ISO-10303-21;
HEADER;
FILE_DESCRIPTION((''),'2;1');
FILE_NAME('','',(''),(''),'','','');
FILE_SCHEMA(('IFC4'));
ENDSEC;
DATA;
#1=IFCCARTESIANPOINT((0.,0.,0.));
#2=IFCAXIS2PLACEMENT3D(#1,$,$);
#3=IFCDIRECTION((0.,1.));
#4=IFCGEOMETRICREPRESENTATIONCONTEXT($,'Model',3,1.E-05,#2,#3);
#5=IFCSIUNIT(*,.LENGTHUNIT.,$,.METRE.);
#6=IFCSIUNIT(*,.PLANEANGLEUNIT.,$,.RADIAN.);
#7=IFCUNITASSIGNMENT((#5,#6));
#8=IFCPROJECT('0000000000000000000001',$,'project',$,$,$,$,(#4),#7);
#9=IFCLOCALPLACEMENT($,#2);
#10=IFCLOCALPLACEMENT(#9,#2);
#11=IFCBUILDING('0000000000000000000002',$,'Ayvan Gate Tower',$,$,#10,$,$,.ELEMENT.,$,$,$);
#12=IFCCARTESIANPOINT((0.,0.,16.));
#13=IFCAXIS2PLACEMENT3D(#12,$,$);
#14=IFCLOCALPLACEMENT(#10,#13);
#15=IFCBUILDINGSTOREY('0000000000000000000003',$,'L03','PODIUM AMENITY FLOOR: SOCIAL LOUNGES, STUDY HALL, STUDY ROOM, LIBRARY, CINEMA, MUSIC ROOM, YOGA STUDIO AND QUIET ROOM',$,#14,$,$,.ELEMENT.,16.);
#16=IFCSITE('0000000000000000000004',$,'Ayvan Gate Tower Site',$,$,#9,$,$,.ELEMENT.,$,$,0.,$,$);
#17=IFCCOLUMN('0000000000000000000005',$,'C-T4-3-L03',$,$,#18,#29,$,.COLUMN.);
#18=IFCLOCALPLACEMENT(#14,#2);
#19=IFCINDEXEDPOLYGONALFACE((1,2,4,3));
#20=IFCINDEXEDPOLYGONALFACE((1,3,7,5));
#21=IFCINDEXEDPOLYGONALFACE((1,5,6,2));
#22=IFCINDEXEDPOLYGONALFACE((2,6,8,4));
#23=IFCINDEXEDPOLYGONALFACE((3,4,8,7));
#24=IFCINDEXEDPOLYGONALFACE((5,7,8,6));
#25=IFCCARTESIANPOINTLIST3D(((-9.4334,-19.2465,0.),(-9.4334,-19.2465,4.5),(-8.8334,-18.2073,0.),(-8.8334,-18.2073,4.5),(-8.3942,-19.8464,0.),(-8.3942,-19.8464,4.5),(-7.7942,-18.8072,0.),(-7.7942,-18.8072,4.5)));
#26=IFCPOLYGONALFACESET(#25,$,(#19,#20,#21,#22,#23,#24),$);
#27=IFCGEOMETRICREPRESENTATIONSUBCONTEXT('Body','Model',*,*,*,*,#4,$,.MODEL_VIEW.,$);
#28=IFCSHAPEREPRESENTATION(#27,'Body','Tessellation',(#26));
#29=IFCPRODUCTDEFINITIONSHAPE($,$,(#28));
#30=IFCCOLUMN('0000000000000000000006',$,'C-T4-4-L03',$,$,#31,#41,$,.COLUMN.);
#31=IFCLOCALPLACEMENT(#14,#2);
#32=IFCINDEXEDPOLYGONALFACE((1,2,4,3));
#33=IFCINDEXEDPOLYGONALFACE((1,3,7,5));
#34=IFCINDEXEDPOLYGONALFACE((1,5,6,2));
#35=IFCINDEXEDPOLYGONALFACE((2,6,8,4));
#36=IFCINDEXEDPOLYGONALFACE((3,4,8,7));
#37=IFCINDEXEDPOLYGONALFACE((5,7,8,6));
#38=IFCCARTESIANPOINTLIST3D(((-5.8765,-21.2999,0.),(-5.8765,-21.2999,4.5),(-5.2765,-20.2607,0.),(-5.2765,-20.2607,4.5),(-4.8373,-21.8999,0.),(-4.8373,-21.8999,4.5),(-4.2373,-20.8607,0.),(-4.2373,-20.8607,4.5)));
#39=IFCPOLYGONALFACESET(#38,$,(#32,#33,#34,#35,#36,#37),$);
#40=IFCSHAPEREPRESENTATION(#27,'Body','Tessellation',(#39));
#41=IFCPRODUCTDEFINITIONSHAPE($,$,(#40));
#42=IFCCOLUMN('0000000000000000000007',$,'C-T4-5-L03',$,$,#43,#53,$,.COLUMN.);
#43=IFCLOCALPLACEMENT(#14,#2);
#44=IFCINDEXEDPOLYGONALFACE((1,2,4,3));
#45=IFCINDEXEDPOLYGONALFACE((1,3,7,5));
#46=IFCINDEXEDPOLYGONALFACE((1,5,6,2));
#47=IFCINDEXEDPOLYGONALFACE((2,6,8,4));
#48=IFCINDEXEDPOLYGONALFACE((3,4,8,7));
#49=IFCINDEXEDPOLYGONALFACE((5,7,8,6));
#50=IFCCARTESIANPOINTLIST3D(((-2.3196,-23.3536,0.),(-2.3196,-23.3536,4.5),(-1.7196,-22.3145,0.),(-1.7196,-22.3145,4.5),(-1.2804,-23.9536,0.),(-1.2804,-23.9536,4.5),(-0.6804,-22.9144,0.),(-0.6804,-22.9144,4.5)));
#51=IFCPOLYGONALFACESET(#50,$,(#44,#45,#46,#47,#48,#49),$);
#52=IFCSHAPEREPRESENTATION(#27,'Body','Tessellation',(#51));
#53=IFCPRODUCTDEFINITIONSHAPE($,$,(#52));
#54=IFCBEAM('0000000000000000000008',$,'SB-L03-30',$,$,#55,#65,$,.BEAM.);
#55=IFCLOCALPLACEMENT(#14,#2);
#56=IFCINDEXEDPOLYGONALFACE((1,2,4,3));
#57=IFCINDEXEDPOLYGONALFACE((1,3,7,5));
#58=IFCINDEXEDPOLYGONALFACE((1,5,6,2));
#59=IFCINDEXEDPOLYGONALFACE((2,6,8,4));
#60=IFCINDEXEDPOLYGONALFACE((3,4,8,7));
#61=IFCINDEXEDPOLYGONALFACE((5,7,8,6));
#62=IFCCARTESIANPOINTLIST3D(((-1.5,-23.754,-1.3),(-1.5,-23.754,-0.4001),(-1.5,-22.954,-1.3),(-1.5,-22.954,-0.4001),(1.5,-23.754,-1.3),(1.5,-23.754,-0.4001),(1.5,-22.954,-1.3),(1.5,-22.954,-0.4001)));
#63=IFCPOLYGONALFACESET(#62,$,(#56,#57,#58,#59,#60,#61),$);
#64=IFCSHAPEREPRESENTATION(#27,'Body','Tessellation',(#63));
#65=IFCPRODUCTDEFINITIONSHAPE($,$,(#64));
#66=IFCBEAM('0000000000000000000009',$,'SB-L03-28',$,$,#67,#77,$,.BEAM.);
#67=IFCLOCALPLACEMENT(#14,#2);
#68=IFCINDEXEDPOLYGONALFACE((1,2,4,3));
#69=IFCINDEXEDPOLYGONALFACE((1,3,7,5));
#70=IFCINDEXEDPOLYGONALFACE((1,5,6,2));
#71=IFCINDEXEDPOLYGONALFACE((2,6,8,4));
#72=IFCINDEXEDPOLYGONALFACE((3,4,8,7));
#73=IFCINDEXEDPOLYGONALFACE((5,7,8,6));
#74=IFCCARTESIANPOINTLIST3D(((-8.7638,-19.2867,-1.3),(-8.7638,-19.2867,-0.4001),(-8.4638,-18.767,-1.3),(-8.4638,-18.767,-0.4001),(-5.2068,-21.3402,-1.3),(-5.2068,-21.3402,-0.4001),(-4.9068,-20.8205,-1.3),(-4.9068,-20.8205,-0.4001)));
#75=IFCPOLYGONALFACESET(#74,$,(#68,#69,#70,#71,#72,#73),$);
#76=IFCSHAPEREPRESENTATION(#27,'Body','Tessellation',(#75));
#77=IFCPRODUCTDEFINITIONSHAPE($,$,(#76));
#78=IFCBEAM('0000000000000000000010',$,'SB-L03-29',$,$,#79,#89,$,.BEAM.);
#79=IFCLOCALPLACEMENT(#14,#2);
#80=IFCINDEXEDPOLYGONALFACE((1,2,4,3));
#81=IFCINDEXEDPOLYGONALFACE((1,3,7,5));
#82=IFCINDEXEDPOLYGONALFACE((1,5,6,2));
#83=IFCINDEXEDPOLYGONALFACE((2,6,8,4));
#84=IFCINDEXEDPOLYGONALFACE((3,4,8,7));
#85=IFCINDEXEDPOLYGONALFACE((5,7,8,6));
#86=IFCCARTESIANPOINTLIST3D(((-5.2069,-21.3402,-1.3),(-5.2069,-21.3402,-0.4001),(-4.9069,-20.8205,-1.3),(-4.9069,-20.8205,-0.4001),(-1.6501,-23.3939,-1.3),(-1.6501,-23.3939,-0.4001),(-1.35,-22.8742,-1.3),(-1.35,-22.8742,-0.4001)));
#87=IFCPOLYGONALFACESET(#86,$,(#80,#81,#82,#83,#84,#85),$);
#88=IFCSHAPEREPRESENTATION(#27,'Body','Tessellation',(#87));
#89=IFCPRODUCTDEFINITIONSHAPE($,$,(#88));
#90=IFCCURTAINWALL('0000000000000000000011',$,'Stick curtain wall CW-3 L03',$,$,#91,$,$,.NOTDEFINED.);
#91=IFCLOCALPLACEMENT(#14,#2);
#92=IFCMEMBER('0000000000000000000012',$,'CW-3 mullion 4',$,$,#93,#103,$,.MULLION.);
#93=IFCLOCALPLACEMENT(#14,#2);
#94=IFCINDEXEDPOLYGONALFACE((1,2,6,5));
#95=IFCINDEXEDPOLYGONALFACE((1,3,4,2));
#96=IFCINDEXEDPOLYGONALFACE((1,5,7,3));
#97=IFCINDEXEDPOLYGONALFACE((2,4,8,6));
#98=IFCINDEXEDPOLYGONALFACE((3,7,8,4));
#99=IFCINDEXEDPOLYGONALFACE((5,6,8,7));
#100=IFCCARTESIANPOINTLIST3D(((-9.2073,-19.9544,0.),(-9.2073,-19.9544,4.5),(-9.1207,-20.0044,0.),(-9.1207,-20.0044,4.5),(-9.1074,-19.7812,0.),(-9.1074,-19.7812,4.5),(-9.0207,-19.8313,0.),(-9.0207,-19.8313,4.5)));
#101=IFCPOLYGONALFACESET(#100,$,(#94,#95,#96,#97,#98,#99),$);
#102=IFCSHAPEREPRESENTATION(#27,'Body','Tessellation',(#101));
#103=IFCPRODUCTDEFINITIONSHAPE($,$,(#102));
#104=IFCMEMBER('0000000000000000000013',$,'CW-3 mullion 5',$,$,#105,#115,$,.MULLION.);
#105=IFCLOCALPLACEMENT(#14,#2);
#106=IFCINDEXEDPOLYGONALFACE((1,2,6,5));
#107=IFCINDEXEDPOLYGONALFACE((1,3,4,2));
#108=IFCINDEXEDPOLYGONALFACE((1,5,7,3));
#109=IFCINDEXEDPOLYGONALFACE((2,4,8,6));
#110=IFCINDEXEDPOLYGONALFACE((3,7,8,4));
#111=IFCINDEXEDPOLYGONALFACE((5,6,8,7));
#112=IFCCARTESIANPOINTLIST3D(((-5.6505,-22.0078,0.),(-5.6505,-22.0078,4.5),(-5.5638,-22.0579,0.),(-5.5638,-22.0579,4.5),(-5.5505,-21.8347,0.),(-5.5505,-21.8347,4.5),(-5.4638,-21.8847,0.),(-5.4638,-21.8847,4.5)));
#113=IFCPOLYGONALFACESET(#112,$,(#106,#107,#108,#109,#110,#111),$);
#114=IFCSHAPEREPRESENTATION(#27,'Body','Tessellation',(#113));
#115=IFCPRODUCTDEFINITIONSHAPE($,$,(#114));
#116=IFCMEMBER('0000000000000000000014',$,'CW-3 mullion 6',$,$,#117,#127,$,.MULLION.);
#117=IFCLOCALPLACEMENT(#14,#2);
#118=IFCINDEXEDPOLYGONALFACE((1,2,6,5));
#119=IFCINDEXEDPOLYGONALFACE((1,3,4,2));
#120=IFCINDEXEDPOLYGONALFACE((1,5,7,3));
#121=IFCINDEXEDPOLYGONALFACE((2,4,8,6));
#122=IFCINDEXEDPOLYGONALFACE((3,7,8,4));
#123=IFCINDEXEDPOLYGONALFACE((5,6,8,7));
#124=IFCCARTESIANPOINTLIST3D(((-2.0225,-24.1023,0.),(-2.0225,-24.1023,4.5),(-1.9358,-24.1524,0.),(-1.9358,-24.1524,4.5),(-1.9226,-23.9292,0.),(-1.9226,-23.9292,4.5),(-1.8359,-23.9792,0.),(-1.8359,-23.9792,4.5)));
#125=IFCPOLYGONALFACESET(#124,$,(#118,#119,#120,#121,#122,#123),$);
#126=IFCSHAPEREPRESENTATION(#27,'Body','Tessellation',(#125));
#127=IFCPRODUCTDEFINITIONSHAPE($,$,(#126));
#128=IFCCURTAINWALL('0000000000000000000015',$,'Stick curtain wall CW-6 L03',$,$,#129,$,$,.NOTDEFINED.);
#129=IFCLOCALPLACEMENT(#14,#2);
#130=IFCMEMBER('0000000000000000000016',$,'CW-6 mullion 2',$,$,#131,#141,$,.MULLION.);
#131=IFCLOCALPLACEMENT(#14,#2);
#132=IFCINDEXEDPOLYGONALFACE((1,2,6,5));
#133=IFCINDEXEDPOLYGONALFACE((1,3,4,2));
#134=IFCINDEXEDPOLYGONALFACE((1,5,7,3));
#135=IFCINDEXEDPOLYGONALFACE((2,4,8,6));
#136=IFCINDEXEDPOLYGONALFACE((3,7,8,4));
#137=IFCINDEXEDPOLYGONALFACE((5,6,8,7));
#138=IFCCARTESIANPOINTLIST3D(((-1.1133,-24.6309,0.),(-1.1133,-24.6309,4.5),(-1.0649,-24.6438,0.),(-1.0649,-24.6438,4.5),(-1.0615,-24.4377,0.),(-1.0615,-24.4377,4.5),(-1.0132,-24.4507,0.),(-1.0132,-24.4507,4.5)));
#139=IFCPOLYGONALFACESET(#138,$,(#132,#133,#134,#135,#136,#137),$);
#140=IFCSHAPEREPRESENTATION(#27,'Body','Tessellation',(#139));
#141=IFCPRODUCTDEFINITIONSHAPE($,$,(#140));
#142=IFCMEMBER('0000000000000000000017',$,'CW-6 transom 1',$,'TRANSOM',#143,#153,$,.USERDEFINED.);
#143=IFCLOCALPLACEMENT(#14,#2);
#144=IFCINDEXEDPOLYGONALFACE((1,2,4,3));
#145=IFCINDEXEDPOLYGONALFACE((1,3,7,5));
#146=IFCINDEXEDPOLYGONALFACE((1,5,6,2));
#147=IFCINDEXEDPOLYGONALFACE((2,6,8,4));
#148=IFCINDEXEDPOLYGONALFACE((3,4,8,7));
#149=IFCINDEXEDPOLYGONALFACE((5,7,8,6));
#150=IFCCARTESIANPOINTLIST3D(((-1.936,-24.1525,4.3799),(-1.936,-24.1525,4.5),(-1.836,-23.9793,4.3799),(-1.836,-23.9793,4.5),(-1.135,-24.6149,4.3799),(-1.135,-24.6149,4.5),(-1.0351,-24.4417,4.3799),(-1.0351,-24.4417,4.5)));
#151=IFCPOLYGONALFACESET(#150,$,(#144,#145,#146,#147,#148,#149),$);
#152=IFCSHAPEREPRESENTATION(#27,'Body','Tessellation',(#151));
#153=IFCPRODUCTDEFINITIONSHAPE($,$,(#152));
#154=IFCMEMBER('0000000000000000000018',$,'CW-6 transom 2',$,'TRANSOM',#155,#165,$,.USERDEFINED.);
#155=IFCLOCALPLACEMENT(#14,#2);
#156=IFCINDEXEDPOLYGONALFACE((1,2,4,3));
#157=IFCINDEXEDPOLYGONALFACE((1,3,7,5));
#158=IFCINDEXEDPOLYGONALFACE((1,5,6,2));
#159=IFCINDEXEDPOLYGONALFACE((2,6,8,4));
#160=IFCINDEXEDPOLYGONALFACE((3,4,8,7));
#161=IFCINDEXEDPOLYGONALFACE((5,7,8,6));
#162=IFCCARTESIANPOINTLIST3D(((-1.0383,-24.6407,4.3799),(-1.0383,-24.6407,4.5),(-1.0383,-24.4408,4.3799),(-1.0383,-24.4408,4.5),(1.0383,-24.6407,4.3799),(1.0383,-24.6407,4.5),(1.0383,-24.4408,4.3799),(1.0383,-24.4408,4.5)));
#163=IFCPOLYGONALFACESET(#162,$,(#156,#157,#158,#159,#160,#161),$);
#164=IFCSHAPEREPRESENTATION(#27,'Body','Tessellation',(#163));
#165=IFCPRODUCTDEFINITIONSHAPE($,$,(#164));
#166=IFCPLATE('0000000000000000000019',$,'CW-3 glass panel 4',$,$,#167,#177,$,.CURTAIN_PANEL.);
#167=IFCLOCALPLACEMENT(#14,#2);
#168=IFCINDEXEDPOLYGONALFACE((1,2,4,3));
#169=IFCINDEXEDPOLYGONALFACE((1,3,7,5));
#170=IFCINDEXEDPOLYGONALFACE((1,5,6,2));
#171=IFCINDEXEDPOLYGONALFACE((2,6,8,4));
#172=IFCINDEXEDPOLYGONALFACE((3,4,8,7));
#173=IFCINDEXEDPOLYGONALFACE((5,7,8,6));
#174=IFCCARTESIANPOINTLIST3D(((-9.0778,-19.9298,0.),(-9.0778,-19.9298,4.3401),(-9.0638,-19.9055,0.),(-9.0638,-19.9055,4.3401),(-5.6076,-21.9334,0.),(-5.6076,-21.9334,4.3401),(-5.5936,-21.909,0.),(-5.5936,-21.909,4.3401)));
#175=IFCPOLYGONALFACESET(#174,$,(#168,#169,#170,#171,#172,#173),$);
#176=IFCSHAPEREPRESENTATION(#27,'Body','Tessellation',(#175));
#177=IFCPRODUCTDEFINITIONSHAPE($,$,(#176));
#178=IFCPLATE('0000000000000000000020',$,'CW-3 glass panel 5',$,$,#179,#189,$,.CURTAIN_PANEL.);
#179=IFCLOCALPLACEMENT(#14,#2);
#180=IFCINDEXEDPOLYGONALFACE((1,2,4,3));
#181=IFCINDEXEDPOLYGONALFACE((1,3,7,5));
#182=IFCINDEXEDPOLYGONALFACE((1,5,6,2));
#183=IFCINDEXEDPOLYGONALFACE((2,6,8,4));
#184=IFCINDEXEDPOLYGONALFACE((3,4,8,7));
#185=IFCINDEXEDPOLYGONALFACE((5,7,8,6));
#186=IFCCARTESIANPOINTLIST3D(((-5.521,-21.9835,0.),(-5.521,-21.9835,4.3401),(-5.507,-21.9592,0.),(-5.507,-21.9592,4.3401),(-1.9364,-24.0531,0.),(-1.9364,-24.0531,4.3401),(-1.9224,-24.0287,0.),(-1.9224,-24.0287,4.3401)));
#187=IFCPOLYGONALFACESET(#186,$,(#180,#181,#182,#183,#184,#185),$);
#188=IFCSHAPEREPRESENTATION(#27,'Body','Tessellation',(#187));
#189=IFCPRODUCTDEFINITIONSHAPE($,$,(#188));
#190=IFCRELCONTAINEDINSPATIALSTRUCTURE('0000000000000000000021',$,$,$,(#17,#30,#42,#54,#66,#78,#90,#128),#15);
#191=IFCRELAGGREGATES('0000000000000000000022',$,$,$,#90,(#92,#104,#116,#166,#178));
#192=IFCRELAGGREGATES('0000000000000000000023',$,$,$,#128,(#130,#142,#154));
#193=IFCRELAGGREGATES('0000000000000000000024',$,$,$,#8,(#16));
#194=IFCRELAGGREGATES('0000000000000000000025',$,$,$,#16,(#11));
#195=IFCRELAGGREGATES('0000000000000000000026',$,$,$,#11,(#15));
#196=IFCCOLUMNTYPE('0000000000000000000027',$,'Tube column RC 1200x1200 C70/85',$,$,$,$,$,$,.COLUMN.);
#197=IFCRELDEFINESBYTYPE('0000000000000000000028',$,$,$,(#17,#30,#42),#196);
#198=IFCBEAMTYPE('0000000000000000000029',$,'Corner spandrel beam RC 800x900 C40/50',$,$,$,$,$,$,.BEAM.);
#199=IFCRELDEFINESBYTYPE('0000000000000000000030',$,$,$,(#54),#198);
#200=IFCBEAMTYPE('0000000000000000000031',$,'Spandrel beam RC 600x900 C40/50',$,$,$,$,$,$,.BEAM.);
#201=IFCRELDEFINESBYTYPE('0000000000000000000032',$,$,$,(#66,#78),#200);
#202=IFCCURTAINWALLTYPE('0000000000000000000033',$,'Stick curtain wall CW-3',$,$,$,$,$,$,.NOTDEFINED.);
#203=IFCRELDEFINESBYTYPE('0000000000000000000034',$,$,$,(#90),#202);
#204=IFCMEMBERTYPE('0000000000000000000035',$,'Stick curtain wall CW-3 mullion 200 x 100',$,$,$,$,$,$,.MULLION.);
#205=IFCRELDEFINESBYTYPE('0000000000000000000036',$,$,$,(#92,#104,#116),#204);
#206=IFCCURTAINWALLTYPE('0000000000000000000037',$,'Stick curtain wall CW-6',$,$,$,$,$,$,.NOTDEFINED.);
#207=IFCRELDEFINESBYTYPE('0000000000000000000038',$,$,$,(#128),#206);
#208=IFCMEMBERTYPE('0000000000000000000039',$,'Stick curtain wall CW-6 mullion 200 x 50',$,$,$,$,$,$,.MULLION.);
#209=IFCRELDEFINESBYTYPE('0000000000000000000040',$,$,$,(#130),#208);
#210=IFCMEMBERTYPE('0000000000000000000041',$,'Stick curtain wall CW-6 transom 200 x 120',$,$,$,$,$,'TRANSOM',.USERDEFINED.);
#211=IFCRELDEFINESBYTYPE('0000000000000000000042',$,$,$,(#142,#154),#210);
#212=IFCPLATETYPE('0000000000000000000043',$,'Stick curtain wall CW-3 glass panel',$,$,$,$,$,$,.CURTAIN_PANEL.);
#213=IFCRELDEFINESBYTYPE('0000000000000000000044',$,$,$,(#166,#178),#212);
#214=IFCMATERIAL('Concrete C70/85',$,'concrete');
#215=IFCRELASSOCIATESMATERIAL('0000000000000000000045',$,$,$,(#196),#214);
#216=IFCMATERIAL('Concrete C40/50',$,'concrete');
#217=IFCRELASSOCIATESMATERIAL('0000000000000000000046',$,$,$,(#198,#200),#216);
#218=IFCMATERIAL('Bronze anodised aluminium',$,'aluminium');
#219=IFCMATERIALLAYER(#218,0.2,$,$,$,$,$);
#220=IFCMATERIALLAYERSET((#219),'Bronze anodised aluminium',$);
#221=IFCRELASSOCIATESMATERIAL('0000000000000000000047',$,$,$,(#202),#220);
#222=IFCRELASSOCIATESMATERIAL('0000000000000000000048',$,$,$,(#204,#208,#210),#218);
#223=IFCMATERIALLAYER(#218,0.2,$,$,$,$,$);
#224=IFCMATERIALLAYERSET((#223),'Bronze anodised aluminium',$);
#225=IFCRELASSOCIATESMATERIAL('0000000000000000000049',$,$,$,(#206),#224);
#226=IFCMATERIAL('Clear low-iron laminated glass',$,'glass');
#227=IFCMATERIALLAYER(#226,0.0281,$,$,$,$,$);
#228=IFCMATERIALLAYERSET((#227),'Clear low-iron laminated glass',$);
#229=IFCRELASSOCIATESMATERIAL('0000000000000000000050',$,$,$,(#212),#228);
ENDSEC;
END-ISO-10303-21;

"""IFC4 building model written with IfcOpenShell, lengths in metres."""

from ifc_helpers import new_model, si_unit, direction, frame, origin, origin_2d, place, context, subcontext, project, spatial, rectangle, extrude, material, layer, layer_set, material_profile, profile_set, type_object, element, aggregate, save


model = new_model("IFC4")

# Units and contexts
model_context = context("Model", 3, precision=1e-05, world=origin(), true_north=direction((0.0, 1.0)))
body_context = subcontext(model_context, "Body", "Model", "MODEL_VIEW")
ifc_project = project(units=[si_unit("LENGTHUNIT", "METRE"), si_unit("PLANEANGLEUNIT", "RADIAN")], contexts=[model_context])

# Site, building, storey
site_placement = place(None, origin())
site = spatial("IfcSite", under=ifc_project, at=site_placement, Name="Ayvan Gate Tower Site", CompositionType="ELEMENT", RefElevation=0.0)
building_placement = place(site_placement, origin())
building = spatial("IfcBuilding", under=site, at=building_placement, Name="Ayvan Gate Tower", CompositionType="ELEMENT")
storey_placement = place(building_placement, frame((0.0, 0.0, 16.0)))
storey = spatial("IfcBuildingStorey", under=building, at=storey_placement, Name="L03", Description="PODIUM AMENITY FLOOR: SOCIAL LOUNGES, STUDY HALL, STUDY ROOM, LIBRARY, CINEMA, MUSIC ROOM, YOGA STUDIO AND QUIET ROOM", CompositionType="ELEMENT", Elevation=16.0)

# Columns
ifc_material_1 = material(Name="Concrete C70/85", Category="concrete")
ifc_material_profile_1 = material_profile(ifc_material_1, rectangle(XDim=1.2, YDim=1.2, at=origin_2d()), Name="RC 1200x1200")
ifc_profile_set_1 = profile_set([ifc_material_profile_1], Name="Concrete C70/85")
column_type = type_object("IfcColumnType", Name="Tube column RC 1200x1200 C70/85", PredefinedType="COLUMN", material=ifc_profile_set_1)
for number, where, z_axis, x_axis, name in (
    (1, (-8.6138, -19.0269, 0.0), (0.0, 0.0, 1.0), (-0.5, -0.866025, 0.0), "C-T4-3-L03"),
    (2, (-5.0569, -21.0803, 0.0), (0.0, 0.0, 1.0), (-0.5, -0.866025, 0.0), "C-T4-4-L03"),
    (3, (-1.5, -23.134, 0.0), (0.0, 0.0, 1.0), (-0.5, -0.866025, 0.0), "C-T4-5-L03"),
):
    element("IfcColumn", number, at=place(storey_placement, frame(where, z_axis=z_axis, x_axis=x_axis)), inside=storey, type_object=column_type, Name=name, PredefinedType="COLUMN", context=body_context, shape_type="SweptSolid", body=[
        extrude(rectangle(XDim=1.2, YDim=1.2, at=origin_2d()), origin(), (0.0, 0.0, 1.0), 4.5),
    ])

# Beams
ifc_material_2 = material(Name="Concrete C40/50", Category="concrete")
ifc_material_profile_2 = material_profile(ifc_material_2, rectangle(XDim=0.8, YDim=0.8999, at=origin_2d()), Name="RC 800x900")
ifc_profile_set_2 = profile_set([ifc_material_profile_2], Name="Concrete C40/50")
beam_type_1 = type_object("IfcBeamType", Name="Corner spandrel beam RC 800x900 C40/50", PredefinedType="BEAM", material=ifc_profile_set_2)
beam_placement = place(storey_placement, frame((-1.5, -23.354, -0.8501), z_axis=(1.0, 0.0, 0.0), x_axis=(0.0, 1.0, 0.0)))
element("IfcBeam", 4, at=beam_placement, inside=storey, type_object=beam_type_1, Name="SB-L03-30", PredefinedType="BEAM", context=body_context, shape_type="SweptSolid", body=[
    extrude(rectangle(XDim=0.8, YDim=0.8999, at=origin_2d()), origin(), (0.0, 0.0, 1.0), 3.0),
])
ifc_material_profile_3 = material_profile(ifc_material_2, rectangle(XDim=0.6001, YDim=0.8999, at=origin_2d()), Name="RC 600x900")
ifc_profile_set_3 = profile_set([ifc_material_profile_3], Name="Concrete C40/50")
beam_type_2 = type_object("IfcBeamType", Name="Spandrel beam RC 600x900 C40/50", PredefinedType="BEAM", material=ifc_profile_set_3)
for number, where, z_axis, x_axis, name in (
    (5, (-8.6138, -19.0269, -0.8501), (0.866036, -0.499981, 0.0), (0.499981, 0.866036, 0.0), "SB-L03-28"),
    (6, (-5.0569, -21.0803, -0.8501), (0.86601, -0.500026, 0.0), (0.500026, 0.86601, 0.0), "SB-L03-29"),
):
    element("IfcBeam", number, at=place(storey_placement, frame(where, z_axis=z_axis, x_axis=x_axis)), inside=storey, type_object=beam_type_2, Name=name, PredefinedType="BEAM", context=body_context, shape_type="SweptSolid", body=[
        extrude(rectangle(XDim=0.6001, YDim=0.8999, at=origin_2d()), origin(), (0.0, 0.0, 1.0), 4.1072),
    ])

# Curtain walls, members
ifc_material_3 = material(Name="Bronze anodised aluminium", Category="aluminium")
ifc_layer_1 = layer(ifc_material_3, 0.2)
ifc_layer_set_1 = layer_set([ifc_layer_1], Name="Bronze anodised aluminium")
curtain_wall_type_1 = type_object("IfcCurtainWallType", Name="Stick curtain wall CW-3", PredefinedType="NOTDEFINED", material=ifc_layer_set_1)
curtain_wall_1_placement = place(storey_placement, origin())
curtain_wall_1 = element("IfcCurtainWall", 7, at=curtain_wall_1_placement, inside=storey, type_object=curtain_wall_type_1, Name="Stick curtain wall CW-3 L03", PredefinedType="NOTDEFINED")
ifc_material_profile_4 = material_profile(ifc_material_3, rectangle(XDim=0.2, YDim=0.1001, at=origin_2d()), Name="Stick curtain wall CW-3 mullion 200 x 100")
ifc_profile_set_4 = profile_set([ifc_material_profile_4], Name="Bronze anodised aluminium")
member_type_1 = type_object("IfcMemberType", Name="Stick curtain wall CW-3 mullion 200 x 100", PredefinedType="MULLION", material=ifc_profile_set_4)
member_1_placement = place(storey_placement, frame((-9.114, -19.8928, 0.0), z_axis=(0.0, 0.0, 1.0), x_axis=(-0.5, -0.866025, 0.0)))
member_1 = element("IfcMember", 8, at=member_1_placement, type_object=member_type_1, Name="CW-3 mullion 4", PredefinedType="MULLION", context=body_context, shape_type="SweptSolid", body=[
    extrude(rectangle(XDim=0.2, YDim=0.1001, at=origin_2d()), origin(), (0.0, 0.0, 1.0), 4.5),
])
member_2_placement = place(storey_placement, frame((-5.5571, -21.9463, 0.0), z_axis=(0.0, 0.0, 1.0), x_axis=(-0.5, -0.866025, 0.0)))
member_2 = element("IfcMember", 9, at=member_2_placement, type_object=member_type_1, Name="CW-3 mullion 5", PredefinedType="MULLION", context=body_context, shape_type="SweptSolid", body=[
    extrude(rectangle(XDim=0.2, YDim=0.1001, at=origin_2d()), origin(), (0.0, 0.0, 1.0), 4.5),
])
member_3_placement = place(storey_placement, frame((-1.9292, -24.0408, 0.0), z_axis=(0.0, 0.0, 1.0), x_axis=(-0.5, -0.866025, 0.0)))
member_3 = element("IfcMember", 10, at=member_3_placement, type_object=member_type_1, Name="CW-3 mullion 6", PredefinedType="MULLION", context=body_context, shape_type="SweptSolid", body=[
    extrude(rectangle(XDim=0.2, YDim=0.1001, at=origin_2d()), origin(), (0.0, 0.0, 1.0), 4.5),
])
ifc_layer_2 = layer(ifc_material_3, 0.2)
ifc_layer_set_2 = layer_set([ifc_layer_2], Name="Bronze anodised aluminium")
curtain_wall_type_2 = type_object("IfcCurtainWallType", Name="Stick curtain wall CW-6", PredefinedType="NOTDEFINED", material=ifc_layer_set_2)
curtain_wall_2_placement = place(storey_placement, origin())
curtain_wall_2 = element("IfcCurtainWall", 11, at=curtain_wall_2_placement, inside=storey, type_object=curtain_wall_type_2, Name="Stick curtain wall CW-6 L03", PredefinedType="NOTDEFINED")
ifc_material_profile_5 = material_profile(ifc_material_3, rectangle(XDim=0.2, YDim=0.05, at=origin_2d()), Name="Stick curtain wall CW-6 mullion 200 x 50")
ifc_profile_set_5 = profile_set([ifc_material_profile_5], Name="Bronze anodised aluminium")
member_type_2 = type_object("IfcMemberType", Name="Stick curtain wall CW-6 mullion 200 x 50", PredefinedType="MULLION", material=ifc_profile_set_5)
member_4_placement = place(storey_placement, frame((-1.0632, -24.5408, 0.0), z_axis=(0.0, 0.0, 1.0), x_axis=(-0.258819, -0.965926, 0.0)))
member_4 = element("IfcMember", 12, at=member_4_placement, type_object=member_type_2, Name="CW-6 mullion 2", PredefinedType="MULLION", context=body_context, shape_type="SweptSolid", body=[
    extrude(rectangle(XDim=0.2, YDim=0.05, at=origin_2d()), origin(), (0.0, 0.0, 1.0), 4.5),
])
ifc_material_profile_6 = material_profile(ifc_material_3, rectangle(XDim=0.2, YDim=0.1201, at=origin_2d()), Name="Stick curtain wall CW-6 transom 200 x 120")
ifc_profile_set_6 = profile_set([ifc_material_profile_6], Name="Bronze anodised aluminium")
member_type_3 = type_object("IfcMemberType", Name="Stick curtain wall CW-6 transom 200 x 120", ElementType="TRANSOM", PredefinedType="USERDEFINED", material=ifc_profile_set_6)
member_5_placement = place(storey_placement, frame((-1.886, -24.0659, 4.4399), z_axis=(0.866058, -0.499943, 0.0), x_axis=(0.499943, 0.866058, 0.0)))
member_5 = element("IfcMember", 13, at=member_5_placement, type_object=member_type_3, Name="CW-6 transom 1", ObjectType="TRANSOM", PredefinedType="USERDEFINED", context=body_context, shape_type="SweptSolid", body=[
    extrude(rectangle(XDim=0.2, YDim=0.1201, at=origin_2d()), origin(), (0.0, 0.0, 1.0), 0.9248),
])
member_6_placement = place(storey_placement, frame((-1.0383, -24.5408, 4.4399), z_axis=(1.0, 0.0, 0.0), x_axis=(0.0, 1.0, 0.0)))
member_6 = element("IfcMember", 14, at=member_6_placement, type_object=member_type_3, Name="CW-6 transom 2", ObjectType="TRANSOM", PredefinedType="USERDEFINED", context=body_context, shape_type="SweptSolid", body=[
    extrude(rectangle(XDim=0.2, YDim=0.1201, at=origin_2d()), origin(), (0.0, 0.0, 1.0), 2.0767),
])

# Plates
ifc_material_4 = material(Name="Clear low-iron laminated glass", Category="glass")
ifc_layer_3 = layer(ifc_material_4, 0.0281)
ifc_layer_set_3 = layer_set([ifc_layer_3], Name="Clear low-iron laminated glass")
plate_type_1 = type_object("IfcPlateType", Name="Stick curtain wall CW-3 glass panel", PredefinedType="CURTAIN_PANEL", material=ifc_layer_set_3)
plate_1_placement = place(storey_placement, frame((-7.3357, -20.9194, 0.0), z_axis=(0.0, 0.0, 1.0), x_axis=(0.866025, -0.5, 0.0)))
plate_1 = element("IfcPlate", 15, at=plate_1_placement, type_object=plate_type_1, Name="CW-3 glass panel 4", PredefinedType="CURTAIN_PANEL", context=body_context, shape_type="SweptSolid", body=[
    extrude(rectangle(XDim=4.0071, YDim=0.0281, at=origin_2d()), origin(), (0.0, 0.0, 1.0), 4.3401),
])
plate_2_placement = place(storey_placement, frame((-3.7217, -23.0061, 0.0), z_axis=(0.0, 0.0, 1.0), x_axis=(0.866025, -0.5, 0.0)))
plate_2 = element("IfcPlate", 16, at=plate_2_placement, type_object=plate_type_1, Name="CW-3 glass panel 5", PredefinedType="CURTAIN_PANEL", context=body_context, shape_type="SweptSolid", body=[
    extrude(rectangle(XDim=4.1392, YDim=0.0281, at=origin_2d()), origin(), (0.0, 0.0, 1.0), 4.3401),
])
aggregate(curtain_wall_1, [member_1, member_2, member_3, plate_1, plate_2])
aggregate(curtain_wall_2, [member_4, member_5, member_6])

save(model, "model.ifc")
